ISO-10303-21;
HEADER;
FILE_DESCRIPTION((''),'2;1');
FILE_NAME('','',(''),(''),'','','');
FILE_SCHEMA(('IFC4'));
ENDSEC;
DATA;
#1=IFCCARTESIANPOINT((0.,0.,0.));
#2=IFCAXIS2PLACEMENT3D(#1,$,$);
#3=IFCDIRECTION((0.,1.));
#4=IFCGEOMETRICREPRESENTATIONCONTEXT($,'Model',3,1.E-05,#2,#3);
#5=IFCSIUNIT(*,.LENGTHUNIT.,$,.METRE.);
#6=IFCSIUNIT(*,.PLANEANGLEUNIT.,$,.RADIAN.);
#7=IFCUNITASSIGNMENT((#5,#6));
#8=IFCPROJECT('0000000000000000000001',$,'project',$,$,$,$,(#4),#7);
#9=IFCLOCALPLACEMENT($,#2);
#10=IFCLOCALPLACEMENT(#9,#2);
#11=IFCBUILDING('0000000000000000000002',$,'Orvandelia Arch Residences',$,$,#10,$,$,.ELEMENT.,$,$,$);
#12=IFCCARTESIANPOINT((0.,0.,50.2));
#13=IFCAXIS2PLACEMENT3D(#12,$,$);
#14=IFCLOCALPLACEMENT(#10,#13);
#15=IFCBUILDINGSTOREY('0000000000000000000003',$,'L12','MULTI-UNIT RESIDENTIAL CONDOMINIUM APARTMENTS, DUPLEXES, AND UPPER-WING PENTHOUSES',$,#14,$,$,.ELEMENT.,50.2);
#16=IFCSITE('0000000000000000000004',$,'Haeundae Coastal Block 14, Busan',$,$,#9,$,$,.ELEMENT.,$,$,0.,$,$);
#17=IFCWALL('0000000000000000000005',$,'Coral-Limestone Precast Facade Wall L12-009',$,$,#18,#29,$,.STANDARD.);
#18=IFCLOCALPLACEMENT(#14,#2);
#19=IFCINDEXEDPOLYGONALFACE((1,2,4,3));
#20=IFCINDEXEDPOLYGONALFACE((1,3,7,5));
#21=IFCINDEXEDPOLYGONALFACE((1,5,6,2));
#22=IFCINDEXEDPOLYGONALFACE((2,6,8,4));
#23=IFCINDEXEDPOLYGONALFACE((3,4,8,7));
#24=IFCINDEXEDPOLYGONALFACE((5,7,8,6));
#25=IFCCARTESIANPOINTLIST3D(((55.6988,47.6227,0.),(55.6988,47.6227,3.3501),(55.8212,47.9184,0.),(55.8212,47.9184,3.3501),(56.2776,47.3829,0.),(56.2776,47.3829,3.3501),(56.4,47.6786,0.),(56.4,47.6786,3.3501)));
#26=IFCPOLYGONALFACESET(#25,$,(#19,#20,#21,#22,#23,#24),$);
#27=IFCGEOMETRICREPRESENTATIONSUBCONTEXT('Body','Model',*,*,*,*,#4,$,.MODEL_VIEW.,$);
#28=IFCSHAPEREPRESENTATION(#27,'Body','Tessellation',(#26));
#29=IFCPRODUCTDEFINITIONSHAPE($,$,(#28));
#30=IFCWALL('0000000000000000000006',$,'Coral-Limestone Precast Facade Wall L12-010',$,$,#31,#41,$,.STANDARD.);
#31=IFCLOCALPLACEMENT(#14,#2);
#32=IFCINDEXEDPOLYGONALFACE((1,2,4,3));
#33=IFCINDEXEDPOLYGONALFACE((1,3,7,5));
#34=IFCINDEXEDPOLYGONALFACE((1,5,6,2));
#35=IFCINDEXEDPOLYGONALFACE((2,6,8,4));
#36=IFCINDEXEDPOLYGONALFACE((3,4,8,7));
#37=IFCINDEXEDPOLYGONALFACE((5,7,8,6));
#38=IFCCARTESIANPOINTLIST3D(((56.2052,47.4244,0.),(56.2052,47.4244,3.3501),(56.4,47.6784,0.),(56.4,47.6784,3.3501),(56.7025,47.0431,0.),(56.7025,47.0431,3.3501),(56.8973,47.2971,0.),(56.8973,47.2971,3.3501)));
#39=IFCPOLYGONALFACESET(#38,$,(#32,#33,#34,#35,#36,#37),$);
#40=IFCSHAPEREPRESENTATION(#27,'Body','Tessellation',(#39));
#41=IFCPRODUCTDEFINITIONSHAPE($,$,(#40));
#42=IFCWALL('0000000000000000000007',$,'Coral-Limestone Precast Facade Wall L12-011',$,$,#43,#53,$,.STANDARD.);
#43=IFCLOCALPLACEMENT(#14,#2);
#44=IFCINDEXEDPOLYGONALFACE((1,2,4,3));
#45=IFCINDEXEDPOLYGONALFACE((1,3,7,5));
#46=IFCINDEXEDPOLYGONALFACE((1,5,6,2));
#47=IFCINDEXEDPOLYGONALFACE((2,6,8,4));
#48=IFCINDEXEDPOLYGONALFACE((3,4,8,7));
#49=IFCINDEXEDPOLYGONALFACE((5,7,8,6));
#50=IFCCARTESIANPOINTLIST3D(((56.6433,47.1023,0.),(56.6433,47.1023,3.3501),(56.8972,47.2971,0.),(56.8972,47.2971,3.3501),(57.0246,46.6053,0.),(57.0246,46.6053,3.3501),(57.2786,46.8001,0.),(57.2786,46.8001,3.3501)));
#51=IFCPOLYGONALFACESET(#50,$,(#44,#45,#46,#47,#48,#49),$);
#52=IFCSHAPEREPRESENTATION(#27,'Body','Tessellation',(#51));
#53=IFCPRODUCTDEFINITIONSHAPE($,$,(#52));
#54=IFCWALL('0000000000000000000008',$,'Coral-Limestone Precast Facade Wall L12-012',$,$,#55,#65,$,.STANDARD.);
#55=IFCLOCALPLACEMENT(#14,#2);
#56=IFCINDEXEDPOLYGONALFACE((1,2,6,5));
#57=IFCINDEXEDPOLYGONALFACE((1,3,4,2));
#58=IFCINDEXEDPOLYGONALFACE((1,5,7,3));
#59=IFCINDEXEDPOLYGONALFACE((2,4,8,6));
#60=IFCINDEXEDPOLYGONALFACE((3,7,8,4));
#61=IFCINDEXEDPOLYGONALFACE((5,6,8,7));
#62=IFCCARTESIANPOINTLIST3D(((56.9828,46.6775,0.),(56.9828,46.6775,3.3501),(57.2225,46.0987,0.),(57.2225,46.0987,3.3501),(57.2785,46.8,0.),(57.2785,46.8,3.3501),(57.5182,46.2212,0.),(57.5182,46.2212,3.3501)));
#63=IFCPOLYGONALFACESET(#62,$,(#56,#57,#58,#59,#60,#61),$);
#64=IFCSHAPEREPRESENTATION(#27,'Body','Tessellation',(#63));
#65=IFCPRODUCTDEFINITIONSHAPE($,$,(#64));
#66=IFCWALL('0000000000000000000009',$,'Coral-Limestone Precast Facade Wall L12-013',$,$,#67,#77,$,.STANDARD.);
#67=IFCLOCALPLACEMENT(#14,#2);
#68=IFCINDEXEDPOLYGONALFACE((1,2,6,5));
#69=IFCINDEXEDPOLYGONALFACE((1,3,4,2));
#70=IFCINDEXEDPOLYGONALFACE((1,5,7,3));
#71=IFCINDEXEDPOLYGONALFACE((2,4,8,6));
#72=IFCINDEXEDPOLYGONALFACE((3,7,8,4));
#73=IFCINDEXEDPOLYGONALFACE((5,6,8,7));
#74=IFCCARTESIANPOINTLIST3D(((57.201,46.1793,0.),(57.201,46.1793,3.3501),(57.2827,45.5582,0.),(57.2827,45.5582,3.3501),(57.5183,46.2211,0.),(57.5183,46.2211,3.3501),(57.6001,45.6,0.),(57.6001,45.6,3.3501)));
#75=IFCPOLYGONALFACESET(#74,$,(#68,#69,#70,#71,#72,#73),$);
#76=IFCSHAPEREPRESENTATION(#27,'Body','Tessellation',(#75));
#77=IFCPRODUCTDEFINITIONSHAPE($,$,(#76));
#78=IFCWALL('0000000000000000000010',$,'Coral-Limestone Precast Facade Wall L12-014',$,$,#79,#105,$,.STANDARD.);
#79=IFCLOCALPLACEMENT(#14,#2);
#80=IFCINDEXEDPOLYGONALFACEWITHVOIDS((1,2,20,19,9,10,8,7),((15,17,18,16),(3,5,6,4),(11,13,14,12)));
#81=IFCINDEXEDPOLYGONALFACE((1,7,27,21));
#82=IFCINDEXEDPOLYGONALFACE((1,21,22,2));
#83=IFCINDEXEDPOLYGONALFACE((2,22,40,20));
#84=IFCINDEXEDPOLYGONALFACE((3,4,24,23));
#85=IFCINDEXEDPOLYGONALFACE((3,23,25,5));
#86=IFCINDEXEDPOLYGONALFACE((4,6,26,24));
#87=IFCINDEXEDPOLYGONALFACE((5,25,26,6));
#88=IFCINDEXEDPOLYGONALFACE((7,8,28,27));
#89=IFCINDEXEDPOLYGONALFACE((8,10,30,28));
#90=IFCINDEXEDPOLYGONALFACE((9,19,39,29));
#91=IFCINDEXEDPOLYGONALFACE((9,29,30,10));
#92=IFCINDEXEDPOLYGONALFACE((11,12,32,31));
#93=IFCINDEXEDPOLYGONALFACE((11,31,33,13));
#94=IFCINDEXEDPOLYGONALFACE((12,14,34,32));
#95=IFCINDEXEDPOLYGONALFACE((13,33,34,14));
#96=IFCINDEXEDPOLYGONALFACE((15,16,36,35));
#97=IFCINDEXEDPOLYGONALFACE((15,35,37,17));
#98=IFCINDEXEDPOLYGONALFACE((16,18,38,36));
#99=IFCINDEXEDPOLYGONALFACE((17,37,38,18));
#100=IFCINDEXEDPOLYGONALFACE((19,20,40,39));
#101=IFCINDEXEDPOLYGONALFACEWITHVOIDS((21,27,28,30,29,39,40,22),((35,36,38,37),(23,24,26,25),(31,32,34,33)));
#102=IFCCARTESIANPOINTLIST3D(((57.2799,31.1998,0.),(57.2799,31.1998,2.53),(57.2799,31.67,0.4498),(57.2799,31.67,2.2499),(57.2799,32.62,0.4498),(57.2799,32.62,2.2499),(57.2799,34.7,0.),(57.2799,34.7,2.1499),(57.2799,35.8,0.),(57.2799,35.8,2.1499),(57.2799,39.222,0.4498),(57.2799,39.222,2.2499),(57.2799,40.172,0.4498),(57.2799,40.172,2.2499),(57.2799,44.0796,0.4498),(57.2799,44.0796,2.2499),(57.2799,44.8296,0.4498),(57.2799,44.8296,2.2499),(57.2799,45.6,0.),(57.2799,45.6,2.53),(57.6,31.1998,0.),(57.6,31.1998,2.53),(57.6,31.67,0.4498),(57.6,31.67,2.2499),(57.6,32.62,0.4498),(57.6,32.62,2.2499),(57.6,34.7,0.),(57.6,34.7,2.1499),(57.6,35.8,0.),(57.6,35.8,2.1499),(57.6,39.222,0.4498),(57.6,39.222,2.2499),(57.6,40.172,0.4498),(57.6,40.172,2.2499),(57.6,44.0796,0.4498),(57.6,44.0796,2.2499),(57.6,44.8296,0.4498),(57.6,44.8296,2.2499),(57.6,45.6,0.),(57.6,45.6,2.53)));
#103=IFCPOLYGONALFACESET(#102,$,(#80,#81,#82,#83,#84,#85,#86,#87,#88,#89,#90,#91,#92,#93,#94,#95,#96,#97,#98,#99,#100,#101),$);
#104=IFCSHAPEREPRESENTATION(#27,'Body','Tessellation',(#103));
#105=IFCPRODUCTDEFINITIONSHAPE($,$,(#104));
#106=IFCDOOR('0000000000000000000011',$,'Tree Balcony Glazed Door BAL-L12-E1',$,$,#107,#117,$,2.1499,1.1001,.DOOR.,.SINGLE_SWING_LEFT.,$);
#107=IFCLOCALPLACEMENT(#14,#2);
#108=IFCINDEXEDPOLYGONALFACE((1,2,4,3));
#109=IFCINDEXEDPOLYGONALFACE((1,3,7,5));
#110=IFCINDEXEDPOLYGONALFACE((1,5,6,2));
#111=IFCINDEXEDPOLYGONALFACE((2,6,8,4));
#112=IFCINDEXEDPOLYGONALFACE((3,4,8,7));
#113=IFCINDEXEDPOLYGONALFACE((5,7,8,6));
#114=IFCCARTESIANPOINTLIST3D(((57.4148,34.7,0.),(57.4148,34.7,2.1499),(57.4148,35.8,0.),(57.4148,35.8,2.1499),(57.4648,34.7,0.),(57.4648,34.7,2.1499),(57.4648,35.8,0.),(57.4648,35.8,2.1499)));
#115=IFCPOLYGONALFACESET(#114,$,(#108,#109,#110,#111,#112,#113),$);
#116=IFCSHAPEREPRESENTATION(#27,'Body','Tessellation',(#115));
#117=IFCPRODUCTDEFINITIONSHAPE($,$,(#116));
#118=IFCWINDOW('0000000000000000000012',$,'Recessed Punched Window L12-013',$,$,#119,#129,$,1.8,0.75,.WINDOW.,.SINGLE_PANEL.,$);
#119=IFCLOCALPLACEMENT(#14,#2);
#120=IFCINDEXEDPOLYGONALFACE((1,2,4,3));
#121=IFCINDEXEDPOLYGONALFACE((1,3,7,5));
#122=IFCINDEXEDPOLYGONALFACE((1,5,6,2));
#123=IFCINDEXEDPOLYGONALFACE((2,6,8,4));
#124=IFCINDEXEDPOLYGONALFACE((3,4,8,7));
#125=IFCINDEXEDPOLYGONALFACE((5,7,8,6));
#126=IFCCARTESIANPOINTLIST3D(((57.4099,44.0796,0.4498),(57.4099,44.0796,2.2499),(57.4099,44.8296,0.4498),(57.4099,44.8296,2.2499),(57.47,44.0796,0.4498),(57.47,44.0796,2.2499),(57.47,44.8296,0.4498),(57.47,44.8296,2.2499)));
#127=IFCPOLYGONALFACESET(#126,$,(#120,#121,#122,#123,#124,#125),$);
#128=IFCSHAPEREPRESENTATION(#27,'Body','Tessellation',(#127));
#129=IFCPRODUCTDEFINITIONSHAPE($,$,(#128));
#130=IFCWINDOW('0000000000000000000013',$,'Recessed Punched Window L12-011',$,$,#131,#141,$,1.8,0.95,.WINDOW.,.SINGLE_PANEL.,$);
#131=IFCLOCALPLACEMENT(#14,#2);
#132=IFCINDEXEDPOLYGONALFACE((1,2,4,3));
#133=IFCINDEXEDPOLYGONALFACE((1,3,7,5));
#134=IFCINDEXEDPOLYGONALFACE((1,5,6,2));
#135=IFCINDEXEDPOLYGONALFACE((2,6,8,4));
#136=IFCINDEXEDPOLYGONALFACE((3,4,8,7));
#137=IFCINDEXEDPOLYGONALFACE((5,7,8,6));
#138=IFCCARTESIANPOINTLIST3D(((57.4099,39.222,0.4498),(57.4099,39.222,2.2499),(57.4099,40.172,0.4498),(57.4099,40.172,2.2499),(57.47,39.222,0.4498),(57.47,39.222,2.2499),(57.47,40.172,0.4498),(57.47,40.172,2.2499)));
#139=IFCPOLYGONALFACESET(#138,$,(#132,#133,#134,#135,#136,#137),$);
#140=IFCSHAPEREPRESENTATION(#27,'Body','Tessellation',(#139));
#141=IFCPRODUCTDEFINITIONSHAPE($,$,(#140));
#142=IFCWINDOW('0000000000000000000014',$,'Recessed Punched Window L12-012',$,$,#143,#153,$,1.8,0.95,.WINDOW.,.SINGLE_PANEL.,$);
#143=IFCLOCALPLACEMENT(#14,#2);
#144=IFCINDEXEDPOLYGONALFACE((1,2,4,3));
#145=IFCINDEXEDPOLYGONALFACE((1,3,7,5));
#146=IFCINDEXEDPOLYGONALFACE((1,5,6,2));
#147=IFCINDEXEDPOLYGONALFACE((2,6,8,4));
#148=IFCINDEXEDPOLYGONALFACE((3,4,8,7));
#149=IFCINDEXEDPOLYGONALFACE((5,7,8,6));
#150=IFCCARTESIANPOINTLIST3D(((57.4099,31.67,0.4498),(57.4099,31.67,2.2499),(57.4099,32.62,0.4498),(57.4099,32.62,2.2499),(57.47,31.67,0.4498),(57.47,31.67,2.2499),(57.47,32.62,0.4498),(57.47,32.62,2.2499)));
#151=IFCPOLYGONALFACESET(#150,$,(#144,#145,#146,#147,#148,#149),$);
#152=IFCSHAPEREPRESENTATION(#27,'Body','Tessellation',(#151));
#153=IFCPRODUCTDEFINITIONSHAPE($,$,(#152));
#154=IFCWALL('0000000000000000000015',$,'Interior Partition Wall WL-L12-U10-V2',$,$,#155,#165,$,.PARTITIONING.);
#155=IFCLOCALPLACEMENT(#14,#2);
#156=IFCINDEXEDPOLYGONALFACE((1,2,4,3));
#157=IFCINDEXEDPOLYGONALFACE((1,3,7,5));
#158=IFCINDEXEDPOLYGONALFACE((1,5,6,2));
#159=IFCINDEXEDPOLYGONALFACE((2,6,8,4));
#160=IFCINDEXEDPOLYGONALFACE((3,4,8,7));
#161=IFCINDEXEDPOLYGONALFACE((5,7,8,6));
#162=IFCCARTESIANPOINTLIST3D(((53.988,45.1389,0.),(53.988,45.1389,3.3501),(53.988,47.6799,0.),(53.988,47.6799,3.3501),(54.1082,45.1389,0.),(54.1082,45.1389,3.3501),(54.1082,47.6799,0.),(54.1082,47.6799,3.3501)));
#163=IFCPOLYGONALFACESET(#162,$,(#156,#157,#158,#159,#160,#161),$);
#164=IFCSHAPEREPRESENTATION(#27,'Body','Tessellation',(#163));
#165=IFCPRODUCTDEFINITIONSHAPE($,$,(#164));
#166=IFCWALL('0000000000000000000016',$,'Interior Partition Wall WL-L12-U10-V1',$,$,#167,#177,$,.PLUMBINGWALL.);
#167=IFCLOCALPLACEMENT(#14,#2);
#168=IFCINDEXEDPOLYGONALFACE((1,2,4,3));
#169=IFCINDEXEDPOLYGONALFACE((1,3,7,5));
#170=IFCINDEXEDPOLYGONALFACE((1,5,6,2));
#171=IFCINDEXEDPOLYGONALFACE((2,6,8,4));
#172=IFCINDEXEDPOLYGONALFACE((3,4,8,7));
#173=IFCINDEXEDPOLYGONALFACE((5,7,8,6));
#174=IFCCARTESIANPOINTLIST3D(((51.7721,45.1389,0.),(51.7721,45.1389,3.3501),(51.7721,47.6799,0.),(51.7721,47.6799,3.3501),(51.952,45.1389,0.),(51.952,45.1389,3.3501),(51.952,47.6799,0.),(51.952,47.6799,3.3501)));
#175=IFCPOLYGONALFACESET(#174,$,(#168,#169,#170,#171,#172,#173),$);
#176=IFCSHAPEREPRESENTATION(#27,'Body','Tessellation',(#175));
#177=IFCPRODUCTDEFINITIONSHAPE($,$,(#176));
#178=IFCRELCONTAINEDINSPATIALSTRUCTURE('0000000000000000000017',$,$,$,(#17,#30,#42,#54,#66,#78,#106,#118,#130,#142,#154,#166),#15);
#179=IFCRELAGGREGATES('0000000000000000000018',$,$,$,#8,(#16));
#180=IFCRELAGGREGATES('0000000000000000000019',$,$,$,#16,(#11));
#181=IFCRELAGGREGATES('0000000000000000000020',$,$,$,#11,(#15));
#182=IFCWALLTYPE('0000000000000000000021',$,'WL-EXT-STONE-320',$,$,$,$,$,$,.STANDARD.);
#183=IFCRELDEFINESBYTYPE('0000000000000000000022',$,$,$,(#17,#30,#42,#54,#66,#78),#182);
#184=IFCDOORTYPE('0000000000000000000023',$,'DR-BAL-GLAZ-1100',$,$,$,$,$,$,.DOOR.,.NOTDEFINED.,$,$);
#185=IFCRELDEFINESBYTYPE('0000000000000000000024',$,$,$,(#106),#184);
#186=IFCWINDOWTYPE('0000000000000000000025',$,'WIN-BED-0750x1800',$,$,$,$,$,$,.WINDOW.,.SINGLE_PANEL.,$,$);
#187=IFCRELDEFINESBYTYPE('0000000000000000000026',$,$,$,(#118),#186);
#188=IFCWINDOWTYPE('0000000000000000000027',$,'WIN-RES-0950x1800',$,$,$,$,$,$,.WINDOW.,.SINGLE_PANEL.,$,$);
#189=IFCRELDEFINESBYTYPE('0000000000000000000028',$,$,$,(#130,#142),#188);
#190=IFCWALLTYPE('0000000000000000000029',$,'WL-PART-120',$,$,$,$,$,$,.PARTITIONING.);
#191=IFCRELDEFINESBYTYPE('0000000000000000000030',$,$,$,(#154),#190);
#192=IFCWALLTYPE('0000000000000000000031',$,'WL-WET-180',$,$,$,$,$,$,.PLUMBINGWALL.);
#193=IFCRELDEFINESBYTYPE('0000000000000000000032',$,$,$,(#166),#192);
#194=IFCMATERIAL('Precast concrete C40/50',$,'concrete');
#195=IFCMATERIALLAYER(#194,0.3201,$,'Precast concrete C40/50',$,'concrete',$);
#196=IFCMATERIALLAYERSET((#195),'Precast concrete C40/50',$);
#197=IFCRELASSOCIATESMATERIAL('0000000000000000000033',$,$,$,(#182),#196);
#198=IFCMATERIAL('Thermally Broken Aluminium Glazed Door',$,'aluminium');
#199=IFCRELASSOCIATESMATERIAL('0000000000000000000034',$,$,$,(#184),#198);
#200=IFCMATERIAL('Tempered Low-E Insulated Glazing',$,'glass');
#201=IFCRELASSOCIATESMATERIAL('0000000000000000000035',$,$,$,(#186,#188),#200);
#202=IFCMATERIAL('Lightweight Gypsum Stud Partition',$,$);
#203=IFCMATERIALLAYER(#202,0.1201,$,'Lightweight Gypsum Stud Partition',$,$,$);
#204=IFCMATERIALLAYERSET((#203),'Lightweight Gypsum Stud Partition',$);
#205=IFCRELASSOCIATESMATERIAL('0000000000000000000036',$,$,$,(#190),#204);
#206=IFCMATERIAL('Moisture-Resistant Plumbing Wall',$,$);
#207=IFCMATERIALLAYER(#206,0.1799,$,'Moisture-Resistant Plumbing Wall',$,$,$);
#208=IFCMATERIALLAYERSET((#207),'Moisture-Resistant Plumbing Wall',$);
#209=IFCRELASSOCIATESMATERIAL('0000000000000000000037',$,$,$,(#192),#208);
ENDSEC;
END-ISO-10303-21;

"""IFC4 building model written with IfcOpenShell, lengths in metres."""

from ifc_helpers import new_model, si_unit, direction, frame, frame_2d, origin, place, context, subcontext, project, spatial, rectangle, extrude, material, layer, layer_set, type_object, element, fill, save


model = new_model("IFC4")

# Units and contexts
model_context = context("Model", 3, precision=1e-05, world=origin(), true_north=direction((0.0, 1.0)))
body_context = subcontext(model_context, "Body", "Model", "MODEL_VIEW")
ifc_project = project(units=[si_unit("LENGTHUNIT", "METRE"), si_unit("PLANEANGLEUNIT", "RADIAN")], contexts=[model_context])

# Site, building, storey
site_placement = place(None, origin())
site = spatial("IfcSite", under=ifc_project, at=site_placement, Name="Haeundae Coastal Block 14, Busan", CompositionType="ELEMENT", RefElevation=0.0)
building_placement = place(site_placement, origin())
building = spatial("IfcBuilding", under=site, at=building_placement, Name="Orvandelia Arch Residences", CompositionType="ELEMENT")
storey_placement = place(building_placement, frame((0.0, 0.0, 50.2)))
storey = spatial("IfcBuildingStorey", under=building, at=storey_placement, Name="L12", Description="MULTI-UNIT RESIDENTIAL CONDOMINIUM APARTMENTS, DUPLEXES, AND UPPER-WING PENTHOUSES", CompositionType="ELEMENT", Elevation=50.2)

# Walls
ifc_material_1 = material(Name="Precast concrete C40/50", Category="concrete")
ifc_layer_1 = layer(ifc_material_1, 0.3201, Name="Precast concrete C40/50", Category="concrete")
ifc_layer_set_1 = layer_set([ifc_layer_1], Name="Precast concrete C40/50")
wall_type_1 = type_object("IfcWallType", Name="WL-EXT-STONE-320", PredefinedType="STANDARD", material=ifc_layer_set_1)
for number, where, z_axis, x_axis, name in (
    (1, (55.76, 47.7705, 0.0), (0.0, 0.0, 1.0), (0.923893, -0.38265, 0.0), "Coral-Limestone Precast Facade Wall L12-009"),
):
    element("IfcWall", number, at=place(storey_placement, frame(where, z_axis=z_axis, x_axis=x_axis)), inside=storey, type_object=wall_type_1, Name=name, PredefinedType="STANDARD", context=body_context, shape_type="SweptSolid", body=[
        extrude(rectangle(XDim=0.6265, YDim=0.3201, at=frame_2d((0.3132, 0.0))), origin(), (0.0, 0.0, 1.0), 3.3501),
    ])
wall_1_placement = place(storey_placement, frame((56.3025, 47.5515, 0.0), z_axis=(0.0, 0.0, 1.0), x_axis=(0.79355, -0.608505, 0.0)))
element("IfcWall", 2, at=wall_1_placement, inside=storey, type_object=wall_type_1, Name="Coral-Limestone Precast Facade Wall L12-010", PredefinedType="STANDARD", context=body_context, shape_type="SweptSolid", body=[
    extrude(rectangle(XDim=0.6267, YDim=0.3201, at=frame_2d((0.3135, 0.0))), origin(), (0.0, 0.0, 1.0), 3.3501),
])
for number, where, z_axis, x_axis, name in (
    (3, (56.7703, 47.1997, 0.0), (0.0, 0.0, 1.0), (0.608693, -0.793406, 0.0), "Coral-Limestone Precast Facade Wall L12-011"),
    (4, (57.1306, 46.7388, 0.0), (0.0, 0.0, 1.0), (0.38265, -0.923893, 0.0), "Coral-Limestone Precast Facade Wall L12-012"),
    (5, (57.3596, 46.2002, 0.0), (0.0, 0.0, 1.0), (0.130555, -0.991441, 0.0), "Coral-Limestone Precast Facade Wall L12-013"),
):
    element("IfcWall", number, at=place(storey_placement, frame(where, z_axis=z_axis, x_axis=x_axis)), inside=storey, type_object=wall_type_1, Name=name, PredefinedType="STANDARD", context=body_context, shape_type="SweptSolid", body=[
        extrude(rectangle(XDim=0.6265, YDim=0.3201, at=frame_2d((0.3132, 0.0))), origin(), (0.0, 0.0, 1.0), 3.3501),
    ])

# Wall, openings, door, windows
wall_2_placement = place(storey_placement, frame((57.4399, 45.6001, 0.0), z_axis=(0.0, 0.0, 1.0), x_axis=(0.0, -1.0, 0.0)))
wall_2 = element("IfcWall", 6, at=wall_2_placement, inside=storey, type_object=wall_type_1, Name="Coral-Limestone Precast Facade Wall L12-014", PredefinedType="STANDARD", context=body_context, shape_type="SweptSolid", body=[
    extrude(rectangle(XDim=14.4001, YDim=0.3201, at=frame_2d((7.2002, 0.0))), origin(), (0.0, 0.0, 1.0), 2.53),
])
opening_1_placement = place(wall_2_placement, frame((9.8, 0.0, 0.0)))
opening_1 = element("IfcOpeningElement", 7, at=opening_1_placement, cuts=wall_2, PredefinedType="OPENING", context=body_context, shape_type="SweptSolid", body=[
    extrude(rectangle(XDim=1.1001, YDim=2.1499, at=frame_2d((0.55, 1.075))), frame((0.0, 0.1699, 0.0), z_axis=(0.0, -1.0, 0.0), x_axis=(1.0, 0.0, 0.0)), (0.0, 0.0, 1.0), 0.3401),
])
opening_2_placement = place(wall_2_placement, frame((5.428, 0.0, 0.45)))
opening_2 = element("IfcOpeningElement", 8, at=opening_2_placement, cuts=wall_2, PredefinedType="OPENING", context=body_context, shape_type="SweptSolid", body=[
    extrude(rectangle(XDim=0.95, YDim=1.8, at=frame_2d((0.4751, 0.8999))), frame((0.0, 0.1699, 0.0), z_axis=(0.0, -1.0, 0.0), x_axis=(1.0, 0.0, 0.0)), (0.0, 0.0, 1.0), 0.3401),
])
opening_3_placement = place(wall_2_placement, frame((12.98, 0.0, 0.45)))
opening_3 = element("IfcOpeningElement", 9, at=opening_3_placement, cuts=wall_2, PredefinedType="OPENING", context=body_context, shape_type="SweptSolid", body=[
    extrude(rectangle(XDim=0.95, YDim=1.8, at=frame_2d((0.4751, 0.8999))), frame((0.0, 0.1699, 0.0), z_axis=(0.0, -1.0, 0.0), x_axis=(1.0, 0.0, 0.0)), (0.0, 0.0, 1.0), 0.3401),
])
opening_4_placement = place(wall_2_placement, frame((0.7705, 0.0, 0.45)))
opening_4 = element("IfcOpeningElement", 10, at=opening_4_placement, cuts=wall_2, PredefinedType="OPENING", context=body_context, shape_type="SweptSolid", body=[
    extrude(rectangle(XDim=0.75, YDim=1.8, at=frame_2d((0.375, 0.8999))), frame((0.0, 0.1699, 0.0), z_axis=(0.0, -1.0, 0.0), x_axis=(1.0, 0.0, 0.0)), (0.0, 0.0, 1.0), 0.3401),
])
ifc_material_2 = material(Name="Thermally Broken Aluminium Glazed Door", Category="aluminium")
door_type_1 = type_object("IfcDoorType", Name="DR-BAL-GLAZ-1100", OperationType="NOTDEFINED", PredefinedType="DOOR", material=ifc_material_2)
door_1_placement = place(opening_1_placement, origin())
door_1 = element("IfcDoor", 11, at=door_1_placement, inside=storey, type_object=door_type_1, Name="Tree Balcony Glazed Door BAL-L12-E1", OperationType="SINGLE_SWING_LEFT", OverallHeight=2.1499, OverallWidth=1.1001, PredefinedType="DOOR", context=body_context, shape_type="SweptSolid", body=[
    extrude(rectangle(XDim=1.1001, YDim=2.1499, at=frame_2d((0.55, 1.075))), frame((0.0, 0.0249, 0.0), z_axis=(0.0, -1.0, 0.0), x_axis=(1.0, 0.0, 0.0)), (0.0, 0.0, 1.0), 0.05),
])
fill(opening_1, door_1)
ifc_material_3 = material(Name="Tempered Low-E Insulated Glazing", Category="glass")
window_type_1 = type_object("IfcWindowType", Name="WIN-BED-0750x1800", PartitioningType="SINGLE_PANEL", PredefinedType="WINDOW", material=ifc_material_3)
window_1_placement = place(opening_4_placement, origin())
window_1 = element("IfcWindow", 12, at=window_1_placement, inside=storey, type_object=window_type_1, Name="Recessed Punched Window L12-013", OverallHeight=1.8, OverallWidth=0.75, PartitioningType="SINGLE_PANEL", PredefinedType="WINDOW", context=body_context, shape_type="SweptSolid", body=[
    extrude(rectangle(XDim=0.75, YDim=1.8, at=frame_2d((0.375, 0.8999))), frame((0.0, 0.03, 0.0), z_axis=(0.0, -1.0, 0.0), x_axis=(1.0, 0.0, 0.0)), (0.0, 0.0, 1.0), 0.0601),
])
fill(opening_4, window_1)
window_type_2 = type_object("IfcWindowType", Name="WIN-RES-0950x1800", PartitioningType="SINGLE_PANEL", PredefinedType="WINDOW", material=ifc_material_3)
window_2_placement = place(opening_2_placement, origin())
window_2 = element("IfcWindow", 13, at=window_2_placement, inside=storey, type_object=window_type_2, Name="Recessed Punched Window L12-011", OverallHeight=1.8, OverallWidth=0.95, PartitioningType="SINGLE_PANEL", PredefinedType="WINDOW", context=body_context, shape_type="SweptSolid", body=[
    extrude(rectangle(XDim=0.95, YDim=1.8, at=frame_2d((0.4751, 0.8999))), frame((0.0, 0.03, 0.0), z_axis=(0.0, -1.0, 0.0), x_axis=(1.0, 0.0, 0.0)), (0.0, 0.0, 1.0), 0.0601),
])
fill(opening_2, window_2)
window_3_placement = place(opening_3_placement, origin())
window_3 = element("IfcWindow", 14, at=window_3_placement, inside=storey, type_object=window_type_2, Name="Recessed Punched Window L12-012", OverallHeight=1.8, OverallWidth=0.95, PartitioningType="SINGLE_PANEL", PredefinedType="WINDOW", context=body_context, shape_type="SweptSolid", body=[
    extrude(rectangle(XDim=0.95, YDim=1.8, at=frame_2d((0.4751, 0.8999))), frame((0.0, 0.03, 0.0), z_axis=(0.0, -1.0, 0.0), x_axis=(1.0, 0.0, 0.0)), (0.0, 0.0, 1.0), 0.0601),
])
fill(opening_3, window_3)

# Wall
ifc_material_4 = material(Name="Lightweight Gypsum Stud Partition")
ifc_layer_2 = layer(ifc_material_4, 0.1201, Name="Lightweight Gypsum Stud Partition")
ifc_layer_set_2 = layer_set([ifc_layer_2], Name="Lightweight Gypsum Stud Partition")
wall_type_2 = type_object("IfcWallType", Name="WL-PART-120", PredefinedType="PARTITIONING", material=ifc_layer_set_2)
wall_3_placement = place(storey_placement, frame((54.0481, 45.1389, 0.0), z_axis=(0.0, 0.0, 1.0), x_axis=(0.0, 1.0, 0.0)))
element("IfcWall", 15, at=wall_3_placement, inside=storey, type_object=wall_type_2, Name="Interior Partition Wall WL-L12-U10-V2", PredefinedType="PARTITIONING", context=body_context, shape_type="SweptSolid", body=[
    extrude(rectangle(XDim=2.541, YDim=0.1201, at=frame_2d((1.2705, 0.0))), origin(), (0.0, 0.0, 1.0), 3.3501),
])

# Shared definitions
ifc_material_5 = material(Name="Moisture-Resistant Plumbing Wall")
ifc_layer_3 = layer(ifc_material_5, 0.1799, Name="Moisture-Resistant Plumbing Wall")
ifc_layer_set_3 = layer_set([ifc_layer_3], Name="Moisture-Resistant Plumbing Wall")
wall_type_3 = type_object("IfcWallType", Name="WL-WET-180", PredefinedType="PLUMBINGWALL", material=ifc_layer_set_3)

# Wall
wall_4_placement = place(storey_placement, frame((51.8621, 45.1389, 0.0), z_axis=(0.0, 0.0, 1.0), x_axis=(0.0, 1.0, 0.0)))
element("IfcWall", 16, at=wall_4_placement, inside=storey, type_object=wall_type_3, Name="Interior Partition Wall WL-L12-U10-V1", PredefinedType="PLUMBINGWALL", context=body_context, shape_type="SweptSolid", body=[
    extrude(rectangle(XDim=2.541, YDim=0.1799, at=frame_2d((1.2705, 0.0))), origin(), (0.0, 0.0, 1.0), 3.3501),
])

save(model, "model.ifc")
